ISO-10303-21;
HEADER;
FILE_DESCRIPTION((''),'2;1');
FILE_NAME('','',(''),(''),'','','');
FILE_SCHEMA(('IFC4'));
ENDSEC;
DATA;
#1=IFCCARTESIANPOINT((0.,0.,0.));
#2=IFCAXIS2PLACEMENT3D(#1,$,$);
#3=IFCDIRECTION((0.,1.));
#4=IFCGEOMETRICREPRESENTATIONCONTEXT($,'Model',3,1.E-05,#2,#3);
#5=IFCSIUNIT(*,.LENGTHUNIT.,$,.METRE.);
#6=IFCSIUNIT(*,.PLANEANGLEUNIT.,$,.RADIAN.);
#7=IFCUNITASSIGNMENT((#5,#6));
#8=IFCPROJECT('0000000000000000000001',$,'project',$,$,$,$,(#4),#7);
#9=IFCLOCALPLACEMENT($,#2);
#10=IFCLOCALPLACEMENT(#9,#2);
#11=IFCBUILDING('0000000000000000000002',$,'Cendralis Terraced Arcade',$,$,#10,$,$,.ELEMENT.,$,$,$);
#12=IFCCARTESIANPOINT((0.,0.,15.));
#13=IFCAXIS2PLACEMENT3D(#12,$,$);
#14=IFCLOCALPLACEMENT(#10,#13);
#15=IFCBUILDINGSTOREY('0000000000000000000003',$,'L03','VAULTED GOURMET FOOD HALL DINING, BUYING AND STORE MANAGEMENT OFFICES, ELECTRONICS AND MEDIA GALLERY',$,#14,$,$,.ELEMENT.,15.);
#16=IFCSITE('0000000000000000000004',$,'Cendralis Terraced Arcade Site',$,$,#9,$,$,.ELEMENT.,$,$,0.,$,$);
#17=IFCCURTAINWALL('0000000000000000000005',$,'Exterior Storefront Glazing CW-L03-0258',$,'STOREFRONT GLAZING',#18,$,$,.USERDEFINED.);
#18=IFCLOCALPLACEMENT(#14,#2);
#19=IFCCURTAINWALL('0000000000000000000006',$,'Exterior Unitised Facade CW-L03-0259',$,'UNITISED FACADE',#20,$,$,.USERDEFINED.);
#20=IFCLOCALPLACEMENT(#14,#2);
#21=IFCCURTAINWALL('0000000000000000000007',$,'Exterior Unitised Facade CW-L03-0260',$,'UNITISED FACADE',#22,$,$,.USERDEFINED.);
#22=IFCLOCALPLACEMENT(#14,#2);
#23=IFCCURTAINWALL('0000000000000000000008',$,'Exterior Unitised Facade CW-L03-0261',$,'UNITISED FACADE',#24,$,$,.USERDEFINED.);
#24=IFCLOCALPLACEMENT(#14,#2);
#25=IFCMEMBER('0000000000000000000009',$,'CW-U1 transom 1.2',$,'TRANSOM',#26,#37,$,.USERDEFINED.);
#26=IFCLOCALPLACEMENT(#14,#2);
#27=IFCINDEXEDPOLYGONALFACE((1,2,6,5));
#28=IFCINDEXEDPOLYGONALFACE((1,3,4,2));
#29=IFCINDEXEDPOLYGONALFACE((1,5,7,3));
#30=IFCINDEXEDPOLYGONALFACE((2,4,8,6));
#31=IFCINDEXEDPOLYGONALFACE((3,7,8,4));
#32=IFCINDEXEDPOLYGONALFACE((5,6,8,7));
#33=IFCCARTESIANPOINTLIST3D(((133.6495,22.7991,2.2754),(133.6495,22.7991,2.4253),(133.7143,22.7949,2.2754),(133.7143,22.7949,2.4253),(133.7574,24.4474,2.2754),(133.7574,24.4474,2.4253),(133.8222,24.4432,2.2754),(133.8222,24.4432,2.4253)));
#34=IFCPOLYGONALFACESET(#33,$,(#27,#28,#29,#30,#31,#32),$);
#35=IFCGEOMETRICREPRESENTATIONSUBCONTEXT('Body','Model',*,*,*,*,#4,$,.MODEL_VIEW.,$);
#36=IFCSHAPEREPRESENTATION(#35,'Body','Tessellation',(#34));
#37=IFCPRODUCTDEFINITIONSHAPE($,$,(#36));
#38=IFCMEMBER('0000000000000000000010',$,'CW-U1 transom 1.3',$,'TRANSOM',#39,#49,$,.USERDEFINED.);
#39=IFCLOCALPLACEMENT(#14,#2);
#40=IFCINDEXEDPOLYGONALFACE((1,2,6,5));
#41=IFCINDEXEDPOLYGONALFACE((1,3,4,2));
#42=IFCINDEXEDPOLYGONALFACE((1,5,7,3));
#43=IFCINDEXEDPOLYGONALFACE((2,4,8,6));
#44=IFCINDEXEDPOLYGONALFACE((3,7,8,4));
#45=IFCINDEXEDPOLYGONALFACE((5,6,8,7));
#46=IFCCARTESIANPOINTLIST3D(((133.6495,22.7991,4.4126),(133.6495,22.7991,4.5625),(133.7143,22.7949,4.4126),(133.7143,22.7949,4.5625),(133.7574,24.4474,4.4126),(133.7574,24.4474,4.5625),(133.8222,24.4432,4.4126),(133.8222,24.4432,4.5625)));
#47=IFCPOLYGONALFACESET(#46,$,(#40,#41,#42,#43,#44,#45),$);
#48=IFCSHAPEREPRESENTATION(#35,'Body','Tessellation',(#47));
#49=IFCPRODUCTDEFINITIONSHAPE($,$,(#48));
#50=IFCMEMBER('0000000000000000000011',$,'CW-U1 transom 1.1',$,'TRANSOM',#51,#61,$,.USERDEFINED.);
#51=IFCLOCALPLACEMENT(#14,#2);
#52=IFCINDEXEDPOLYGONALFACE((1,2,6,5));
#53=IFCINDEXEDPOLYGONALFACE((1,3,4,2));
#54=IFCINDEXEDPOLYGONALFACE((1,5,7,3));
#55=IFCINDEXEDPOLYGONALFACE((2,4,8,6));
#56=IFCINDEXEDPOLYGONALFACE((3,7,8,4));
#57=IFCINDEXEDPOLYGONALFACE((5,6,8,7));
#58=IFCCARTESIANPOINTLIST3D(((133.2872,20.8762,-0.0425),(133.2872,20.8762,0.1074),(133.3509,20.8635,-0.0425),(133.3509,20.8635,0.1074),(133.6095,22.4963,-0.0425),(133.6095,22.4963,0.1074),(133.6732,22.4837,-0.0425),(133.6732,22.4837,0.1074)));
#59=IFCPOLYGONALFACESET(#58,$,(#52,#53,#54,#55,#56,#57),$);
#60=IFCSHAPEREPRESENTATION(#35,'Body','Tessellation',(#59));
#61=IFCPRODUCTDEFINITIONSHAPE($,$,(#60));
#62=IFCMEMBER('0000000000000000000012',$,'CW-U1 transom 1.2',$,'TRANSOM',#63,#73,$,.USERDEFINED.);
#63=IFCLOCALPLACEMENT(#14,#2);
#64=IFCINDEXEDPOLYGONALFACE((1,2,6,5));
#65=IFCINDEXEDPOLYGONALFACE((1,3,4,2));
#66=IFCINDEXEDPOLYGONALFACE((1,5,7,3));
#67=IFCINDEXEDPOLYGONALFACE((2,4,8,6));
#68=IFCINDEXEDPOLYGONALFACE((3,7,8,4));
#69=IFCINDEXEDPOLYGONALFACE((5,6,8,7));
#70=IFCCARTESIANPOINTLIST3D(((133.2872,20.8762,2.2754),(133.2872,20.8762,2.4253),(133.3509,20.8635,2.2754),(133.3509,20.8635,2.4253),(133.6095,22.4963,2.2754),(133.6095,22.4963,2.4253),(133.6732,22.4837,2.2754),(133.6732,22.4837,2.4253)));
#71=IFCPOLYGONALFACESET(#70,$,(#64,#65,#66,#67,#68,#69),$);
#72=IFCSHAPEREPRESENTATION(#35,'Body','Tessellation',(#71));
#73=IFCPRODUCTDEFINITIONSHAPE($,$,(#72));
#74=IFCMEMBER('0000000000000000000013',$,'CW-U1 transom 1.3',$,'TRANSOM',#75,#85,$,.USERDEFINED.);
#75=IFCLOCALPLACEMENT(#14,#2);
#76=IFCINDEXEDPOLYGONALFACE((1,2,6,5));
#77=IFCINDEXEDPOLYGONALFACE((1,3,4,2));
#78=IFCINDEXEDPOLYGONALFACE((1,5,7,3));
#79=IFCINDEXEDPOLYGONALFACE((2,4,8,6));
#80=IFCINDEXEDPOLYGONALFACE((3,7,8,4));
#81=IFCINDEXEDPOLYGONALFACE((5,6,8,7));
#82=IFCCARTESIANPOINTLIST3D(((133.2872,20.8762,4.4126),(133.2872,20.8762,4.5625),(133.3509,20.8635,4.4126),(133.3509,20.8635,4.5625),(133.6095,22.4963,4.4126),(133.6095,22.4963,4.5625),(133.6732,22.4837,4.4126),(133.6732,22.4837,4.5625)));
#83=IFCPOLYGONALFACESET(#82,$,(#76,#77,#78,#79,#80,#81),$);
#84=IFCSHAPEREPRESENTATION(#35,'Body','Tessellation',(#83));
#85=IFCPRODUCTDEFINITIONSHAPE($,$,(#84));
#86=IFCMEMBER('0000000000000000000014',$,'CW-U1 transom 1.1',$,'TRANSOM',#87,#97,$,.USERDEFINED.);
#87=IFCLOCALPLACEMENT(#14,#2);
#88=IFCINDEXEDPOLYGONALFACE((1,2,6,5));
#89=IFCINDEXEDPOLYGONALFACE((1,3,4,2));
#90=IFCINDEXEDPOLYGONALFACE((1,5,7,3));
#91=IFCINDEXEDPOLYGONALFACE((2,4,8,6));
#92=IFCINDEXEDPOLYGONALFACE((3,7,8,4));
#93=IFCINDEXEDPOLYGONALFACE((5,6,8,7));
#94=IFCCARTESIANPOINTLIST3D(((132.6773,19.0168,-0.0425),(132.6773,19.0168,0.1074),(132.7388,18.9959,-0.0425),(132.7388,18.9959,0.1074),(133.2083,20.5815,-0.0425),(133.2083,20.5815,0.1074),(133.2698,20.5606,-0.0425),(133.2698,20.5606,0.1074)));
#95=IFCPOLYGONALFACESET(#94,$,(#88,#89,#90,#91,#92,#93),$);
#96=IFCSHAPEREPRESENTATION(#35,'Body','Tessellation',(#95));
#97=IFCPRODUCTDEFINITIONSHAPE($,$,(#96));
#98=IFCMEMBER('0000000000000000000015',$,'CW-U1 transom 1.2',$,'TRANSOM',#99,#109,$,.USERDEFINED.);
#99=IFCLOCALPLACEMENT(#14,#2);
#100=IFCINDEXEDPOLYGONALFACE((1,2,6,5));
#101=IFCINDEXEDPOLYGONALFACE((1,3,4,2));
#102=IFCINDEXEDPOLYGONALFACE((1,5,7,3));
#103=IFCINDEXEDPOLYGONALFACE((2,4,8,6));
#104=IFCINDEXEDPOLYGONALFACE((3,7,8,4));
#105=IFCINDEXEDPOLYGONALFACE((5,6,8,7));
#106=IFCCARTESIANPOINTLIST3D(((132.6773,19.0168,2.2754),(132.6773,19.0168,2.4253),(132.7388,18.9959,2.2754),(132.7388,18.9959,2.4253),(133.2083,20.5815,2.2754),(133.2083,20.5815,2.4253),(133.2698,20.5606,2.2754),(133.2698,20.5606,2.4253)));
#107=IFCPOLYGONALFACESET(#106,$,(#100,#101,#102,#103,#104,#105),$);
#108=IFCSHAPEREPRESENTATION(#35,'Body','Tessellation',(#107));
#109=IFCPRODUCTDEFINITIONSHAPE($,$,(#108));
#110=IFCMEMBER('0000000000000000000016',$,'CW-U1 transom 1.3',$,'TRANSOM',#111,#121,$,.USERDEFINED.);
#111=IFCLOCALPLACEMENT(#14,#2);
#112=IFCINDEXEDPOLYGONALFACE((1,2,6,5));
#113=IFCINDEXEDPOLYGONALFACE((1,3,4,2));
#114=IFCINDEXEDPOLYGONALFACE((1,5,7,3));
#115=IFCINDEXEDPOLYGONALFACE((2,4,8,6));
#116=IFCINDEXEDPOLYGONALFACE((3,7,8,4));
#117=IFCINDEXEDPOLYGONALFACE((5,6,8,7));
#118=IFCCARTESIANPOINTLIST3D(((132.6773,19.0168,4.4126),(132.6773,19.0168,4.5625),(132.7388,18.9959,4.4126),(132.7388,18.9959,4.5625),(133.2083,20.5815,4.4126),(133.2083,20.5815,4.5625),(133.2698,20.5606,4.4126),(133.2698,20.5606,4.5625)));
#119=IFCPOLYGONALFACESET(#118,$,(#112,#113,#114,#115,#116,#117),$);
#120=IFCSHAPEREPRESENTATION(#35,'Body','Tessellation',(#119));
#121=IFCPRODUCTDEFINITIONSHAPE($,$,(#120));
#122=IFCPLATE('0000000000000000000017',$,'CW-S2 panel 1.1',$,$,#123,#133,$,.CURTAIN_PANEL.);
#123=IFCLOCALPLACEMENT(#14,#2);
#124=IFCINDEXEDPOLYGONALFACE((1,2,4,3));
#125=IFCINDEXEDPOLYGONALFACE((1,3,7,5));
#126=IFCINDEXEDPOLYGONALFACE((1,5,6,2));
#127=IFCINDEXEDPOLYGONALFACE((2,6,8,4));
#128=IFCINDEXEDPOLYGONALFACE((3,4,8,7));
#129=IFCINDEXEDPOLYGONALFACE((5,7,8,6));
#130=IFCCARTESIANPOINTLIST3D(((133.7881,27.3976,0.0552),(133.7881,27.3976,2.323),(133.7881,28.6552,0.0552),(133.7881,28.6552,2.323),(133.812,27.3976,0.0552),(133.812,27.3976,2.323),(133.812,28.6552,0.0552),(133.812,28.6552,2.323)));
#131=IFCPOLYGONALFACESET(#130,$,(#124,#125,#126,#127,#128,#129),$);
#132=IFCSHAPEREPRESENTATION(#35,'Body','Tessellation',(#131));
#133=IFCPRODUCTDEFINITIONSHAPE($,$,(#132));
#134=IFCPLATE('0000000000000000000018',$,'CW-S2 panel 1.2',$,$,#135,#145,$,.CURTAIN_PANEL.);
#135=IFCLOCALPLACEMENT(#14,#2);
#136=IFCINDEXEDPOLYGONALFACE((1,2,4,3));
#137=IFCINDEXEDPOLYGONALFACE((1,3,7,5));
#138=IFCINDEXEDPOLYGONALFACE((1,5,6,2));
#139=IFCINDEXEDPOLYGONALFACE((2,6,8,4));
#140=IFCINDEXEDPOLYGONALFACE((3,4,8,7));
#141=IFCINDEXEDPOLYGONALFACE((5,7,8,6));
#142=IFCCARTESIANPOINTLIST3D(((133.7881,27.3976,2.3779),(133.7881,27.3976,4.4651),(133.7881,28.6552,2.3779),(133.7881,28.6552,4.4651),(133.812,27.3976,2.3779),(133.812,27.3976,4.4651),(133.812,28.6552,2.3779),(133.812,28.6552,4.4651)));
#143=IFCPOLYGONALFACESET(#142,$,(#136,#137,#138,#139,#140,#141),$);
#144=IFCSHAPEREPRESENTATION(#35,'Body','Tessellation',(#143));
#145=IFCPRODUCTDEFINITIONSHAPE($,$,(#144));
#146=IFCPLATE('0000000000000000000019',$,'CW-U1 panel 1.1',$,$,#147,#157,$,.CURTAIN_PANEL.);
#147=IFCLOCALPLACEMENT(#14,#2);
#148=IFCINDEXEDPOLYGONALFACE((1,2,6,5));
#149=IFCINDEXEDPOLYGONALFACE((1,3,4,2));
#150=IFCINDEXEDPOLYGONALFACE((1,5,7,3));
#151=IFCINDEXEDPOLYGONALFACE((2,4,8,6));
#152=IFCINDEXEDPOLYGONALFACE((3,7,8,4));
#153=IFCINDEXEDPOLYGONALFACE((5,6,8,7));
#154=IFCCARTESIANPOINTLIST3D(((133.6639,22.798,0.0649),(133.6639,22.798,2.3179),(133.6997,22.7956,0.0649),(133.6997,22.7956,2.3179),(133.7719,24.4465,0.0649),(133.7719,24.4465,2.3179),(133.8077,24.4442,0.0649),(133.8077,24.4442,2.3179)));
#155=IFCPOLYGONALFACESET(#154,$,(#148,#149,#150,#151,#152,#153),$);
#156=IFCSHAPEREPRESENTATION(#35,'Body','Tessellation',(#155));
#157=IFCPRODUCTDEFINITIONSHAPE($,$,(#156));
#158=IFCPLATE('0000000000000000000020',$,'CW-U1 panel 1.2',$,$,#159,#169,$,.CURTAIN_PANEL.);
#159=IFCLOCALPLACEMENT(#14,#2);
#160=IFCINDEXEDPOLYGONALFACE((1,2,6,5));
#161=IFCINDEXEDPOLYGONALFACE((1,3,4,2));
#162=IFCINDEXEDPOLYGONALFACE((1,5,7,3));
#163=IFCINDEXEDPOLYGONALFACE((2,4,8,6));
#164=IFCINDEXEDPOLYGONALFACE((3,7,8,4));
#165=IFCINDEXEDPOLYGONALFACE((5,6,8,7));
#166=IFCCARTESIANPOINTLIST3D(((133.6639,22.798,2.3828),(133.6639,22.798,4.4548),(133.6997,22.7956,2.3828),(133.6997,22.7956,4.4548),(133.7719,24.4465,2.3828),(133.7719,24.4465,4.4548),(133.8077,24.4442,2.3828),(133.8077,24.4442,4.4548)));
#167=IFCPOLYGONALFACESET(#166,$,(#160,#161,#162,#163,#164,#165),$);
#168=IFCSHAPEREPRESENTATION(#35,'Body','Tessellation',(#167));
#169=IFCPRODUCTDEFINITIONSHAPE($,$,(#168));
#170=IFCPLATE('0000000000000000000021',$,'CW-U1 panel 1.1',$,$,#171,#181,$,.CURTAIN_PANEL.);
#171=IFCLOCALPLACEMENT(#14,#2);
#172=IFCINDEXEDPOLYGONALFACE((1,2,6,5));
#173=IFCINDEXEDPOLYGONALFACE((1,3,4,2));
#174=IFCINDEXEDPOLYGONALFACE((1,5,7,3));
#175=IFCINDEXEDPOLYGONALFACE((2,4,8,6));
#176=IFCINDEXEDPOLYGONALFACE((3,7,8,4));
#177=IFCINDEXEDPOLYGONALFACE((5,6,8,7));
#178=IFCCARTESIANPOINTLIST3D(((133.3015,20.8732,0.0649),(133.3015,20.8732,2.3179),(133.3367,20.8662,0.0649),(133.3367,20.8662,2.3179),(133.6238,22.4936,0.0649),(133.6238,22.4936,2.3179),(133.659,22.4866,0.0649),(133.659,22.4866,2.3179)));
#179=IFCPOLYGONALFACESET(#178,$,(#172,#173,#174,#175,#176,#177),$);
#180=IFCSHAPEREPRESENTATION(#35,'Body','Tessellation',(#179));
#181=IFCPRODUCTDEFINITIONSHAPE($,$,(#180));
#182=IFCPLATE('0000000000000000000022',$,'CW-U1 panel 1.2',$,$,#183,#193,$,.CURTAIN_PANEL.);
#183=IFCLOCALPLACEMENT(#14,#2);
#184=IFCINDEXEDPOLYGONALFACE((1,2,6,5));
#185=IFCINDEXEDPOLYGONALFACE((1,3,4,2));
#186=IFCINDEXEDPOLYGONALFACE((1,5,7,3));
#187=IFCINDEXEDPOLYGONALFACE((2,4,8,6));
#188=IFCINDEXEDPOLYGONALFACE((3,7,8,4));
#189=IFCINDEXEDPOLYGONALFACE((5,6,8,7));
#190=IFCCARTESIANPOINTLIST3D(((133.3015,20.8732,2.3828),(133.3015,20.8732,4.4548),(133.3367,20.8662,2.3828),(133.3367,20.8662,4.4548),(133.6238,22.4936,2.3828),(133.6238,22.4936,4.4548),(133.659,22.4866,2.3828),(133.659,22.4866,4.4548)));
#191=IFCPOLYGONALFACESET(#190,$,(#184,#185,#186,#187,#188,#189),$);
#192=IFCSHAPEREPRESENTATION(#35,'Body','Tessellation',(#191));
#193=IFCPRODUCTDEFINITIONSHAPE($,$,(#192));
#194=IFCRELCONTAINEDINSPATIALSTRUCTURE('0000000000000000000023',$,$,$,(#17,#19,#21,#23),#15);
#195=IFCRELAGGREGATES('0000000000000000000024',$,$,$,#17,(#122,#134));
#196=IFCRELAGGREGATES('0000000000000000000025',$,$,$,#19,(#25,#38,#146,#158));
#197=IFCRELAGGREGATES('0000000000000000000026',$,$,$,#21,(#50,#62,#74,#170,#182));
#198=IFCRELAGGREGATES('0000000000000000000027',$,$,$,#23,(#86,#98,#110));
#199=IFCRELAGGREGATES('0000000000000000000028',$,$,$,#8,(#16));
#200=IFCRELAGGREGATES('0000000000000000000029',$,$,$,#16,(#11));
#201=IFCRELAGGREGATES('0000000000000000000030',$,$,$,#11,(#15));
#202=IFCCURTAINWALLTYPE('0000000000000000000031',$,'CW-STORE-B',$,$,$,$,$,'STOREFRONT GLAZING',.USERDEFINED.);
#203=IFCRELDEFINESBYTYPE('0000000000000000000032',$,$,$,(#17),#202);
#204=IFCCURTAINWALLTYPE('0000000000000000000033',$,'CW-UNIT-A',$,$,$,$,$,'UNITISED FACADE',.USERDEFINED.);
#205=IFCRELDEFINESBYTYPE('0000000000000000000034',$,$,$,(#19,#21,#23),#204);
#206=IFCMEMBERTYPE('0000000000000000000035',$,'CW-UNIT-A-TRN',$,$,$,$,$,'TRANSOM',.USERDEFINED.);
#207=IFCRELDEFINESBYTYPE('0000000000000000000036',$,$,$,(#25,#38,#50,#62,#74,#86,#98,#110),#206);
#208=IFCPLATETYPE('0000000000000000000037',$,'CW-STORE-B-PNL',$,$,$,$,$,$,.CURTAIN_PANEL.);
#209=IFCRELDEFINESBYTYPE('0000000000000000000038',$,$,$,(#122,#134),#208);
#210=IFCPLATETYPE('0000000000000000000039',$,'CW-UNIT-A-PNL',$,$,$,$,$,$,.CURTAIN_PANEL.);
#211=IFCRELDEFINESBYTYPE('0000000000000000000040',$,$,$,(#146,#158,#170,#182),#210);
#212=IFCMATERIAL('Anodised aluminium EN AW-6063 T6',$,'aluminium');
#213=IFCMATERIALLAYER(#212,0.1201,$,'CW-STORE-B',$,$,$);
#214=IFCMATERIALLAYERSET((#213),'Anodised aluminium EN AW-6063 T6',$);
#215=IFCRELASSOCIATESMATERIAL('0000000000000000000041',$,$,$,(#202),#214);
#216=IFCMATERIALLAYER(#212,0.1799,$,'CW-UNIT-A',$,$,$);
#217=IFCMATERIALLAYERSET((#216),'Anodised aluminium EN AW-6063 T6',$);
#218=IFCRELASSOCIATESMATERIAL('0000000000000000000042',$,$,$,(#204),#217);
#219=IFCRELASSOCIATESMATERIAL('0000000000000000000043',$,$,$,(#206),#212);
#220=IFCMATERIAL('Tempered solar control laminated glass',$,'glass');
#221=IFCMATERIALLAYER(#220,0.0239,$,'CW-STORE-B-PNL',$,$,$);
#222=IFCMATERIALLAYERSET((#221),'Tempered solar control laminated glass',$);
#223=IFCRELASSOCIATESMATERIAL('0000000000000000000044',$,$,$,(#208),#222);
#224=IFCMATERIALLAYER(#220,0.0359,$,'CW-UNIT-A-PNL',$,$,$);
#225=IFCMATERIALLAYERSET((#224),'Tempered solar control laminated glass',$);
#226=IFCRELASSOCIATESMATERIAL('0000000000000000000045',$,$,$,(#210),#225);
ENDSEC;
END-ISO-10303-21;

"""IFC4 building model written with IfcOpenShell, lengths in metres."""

from ifc_helpers import new_model, si_unit, direction, frame, origin, origin_2d, place, context, subcontext, project, spatial, rectangle, extrude, material, layer, layer_set, material_profile, profile_set, type_object, element, aggregate, save


model = new_model("IFC4")

# Units and contexts
model_context = context("Model", 3, precision=1e-05, world=origin(), true_north=direction((0.0, 1.0)))
body_context = subcontext(model_context, "Body", "Model", "MODEL_VIEW")
ifc_project = project(units=[si_unit("LENGTHUNIT", "METRE"), si_unit("PLANEANGLEUNIT", "RADIAN")], contexts=[model_context])

# Site, building, storey
site_placement = place(None, origin())
site = spatial("IfcSite", under=ifc_project, at=site_placement, Name="Cendralis Terraced Arcade Site", CompositionType="ELEMENT", RefElevation=0.0)
building_placement = place(site_placement, origin())
building = spatial("IfcBuilding", under=site, at=building_placement, Name="Cendralis Terraced Arcade", CompositionType="ELEMENT")
storey_placement = place(building_placement, frame((0.0, 0.0, 15.0)))
storey = spatial("IfcBuildingStorey", under=building, at=storey_placement, Name="L03", Description="VAULTED GOURMET FOOD HALL DINING, BUYING AND STORE MANAGEMENT OFFICES, ELECTRONICS AND MEDIA GALLERY", CompositionType="ELEMENT", Elevation=15.0)

# Curtain walls
ifc_material_1 = material(Name="Anodised aluminium EN AW-6063 T6", Category="aluminium")
ifc_layer_1 = layer(ifc_material_1, 0.1201, Name="CW-STORE-B")
ifc_layer_set_1 = layer_set([ifc_layer_1], Name="Anodised aluminium EN AW-6063 T6")
curtain_wall_type_1 = type_object("IfcCurtainWallType", Name="CW-STORE-B", ElementType="STOREFRONT GLAZING", PredefinedType="USERDEFINED", material=ifc_layer_set_1)
curtain_wall_1_placement = place(storey_placement, origin())
curtain_wall_1 = element("IfcCurtainWall", 1, at=curtain_wall_1_placement, inside=storey, type_object=curtain_wall_type_1, Name="Exterior Storefront Glazing CW-L03-0258", ObjectType="STOREFRONT GLAZING", PredefinedType="USERDEFINED")
ifc_layer_2 = layer(ifc_material_1, 0.1799, Name="CW-UNIT-A")
ifc_layer_set_2 = layer_set([ifc_layer_2], Name="Anodised aluminium EN AW-6063 T6")
curtain_wall_type_2 = type_object("IfcCurtainWallType", Name="CW-UNIT-A", ElementType="UNITISED FACADE", PredefinedType="USERDEFINED", material=ifc_layer_set_2)
curtain_wall_2_placement = place(storey_placement, origin())
curtain_wall_2 = element("IfcCurtainWall", 2, at=curtain_wall_2_placement, inside=storey, type_object=curtain_wall_type_2, Name="Exterior Unitised Facade CW-L03-0259", ObjectType="UNITISED FACADE", PredefinedType="USERDEFINED")
curtain_wall_3_placement = place(storey_placement, origin())
curtain_wall_3 = element("IfcCurtainWall", 3, at=curtain_wall_3_placement, inside=storey, type_object=curtain_wall_type_2, Name="Exterior Unitised Facade CW-L03-0260", ObjectType="UNITISED FACADE", PredefinedType="USERDEFINED")

# Curtain wall
curtain_wall_4_placement = place(storey_placement, origin())
curtain_wall_4 = element("IfcCurtainWall", 4, at=curtain_wall_4_placement, inside=storey, type_object=curtain_wall_type_2, Name="Exterior Unitised Facade CW-L03-0261", ObjectType="UNITISED FACADE", PredefinedType="USERDEFINED")

# Members
ifc_material_profile_1 = material_profile(ifc_material_1, rectangle(XDim=0.0649, YDim=0.1499, at=origin_2d()), Name="ALU-TRN-65x150")
ifc_profile_set_1 = profile_set([ifc_material_profile_1], Name="Anodised aluminium EN AW-6063 T6")
member_type_1 = type_object("IfcMemberType", Name="CW-UNIT-A-TRN", ElementType="TRANSOM", PredefinedType="USERDEFINED", material=ifc_profile_set_1)
member_1_placement = place(storey_placement, frame((133.7898, 24.4453, 2.3503), z_axis=(-0.065322, -0.997864, 0.0), x_axis=(0.997864, -0.065322, 0.0)))
member_1 = element("IfcMember", 5, at=member_1_placement, type_object=member_type_1, Name="CW-U1 transom 1.2", ObjectType="TRANSOM", PredefinedType="USERDEFINED", context=body_context, shape_type="SweptSolid", body=[
    extrude(rectangle(XDim=0.0649, YDim=0.1499, at=origin_2d()), origin(), (0.0, 0.0, 1.0), 1.6519),
])
member_2_placement = place(storey_placement, frame((133.7898, 24.4453, 4.4875), z_axis=(-0.065322, -0.997864, 0.0), x_axis=(0.997864, -0.065322, 0.0)))
member_2 = element("IfcMember", 6, at=member_2_placement, type_object=member_type_1, Name="CW-U1 transom 1.3", ObjectType="TRANSOM", PredefinedType="USERDEFINED", context=body_context, shape_type="SweptSolid", body=[
    extrude(rectangle(XDim=0.0649, YDim=0.1499, at=origin_2d()), origin(), (0.0, 0.0, 1.0), 1.6519),
])
member_3_placement = place(storey_placement, frame((133.6414, 22.49, 0.0325), z_axis=(-0.195093, -0.980785, 0.0), x_axis=(0.980785, -0.195093, 0.0)))
member_3 = element("IfcMember", 7, at=member_3_placement, type_object=member_type_1, Name="CW-U1 transom 1.1", ObjectType="TRANSOM", PredefinedType="USERDEFINED", context=body_context, shape_type="SweptSolid", body=[
    extrude(rectangle(XDim=0.0649, YDim=0.1499, at=origin_2d()), origin(), (0.0, 0.0, 1.0), 1.6519),
])
member_4_placement = place(storey_placement, frame((133.6414, 22.49, 2.3503), z_axis=(-0.195093, -0.980785, 0.0), x_axis=(0.980785, -0.195093, 0.0)))
member_4 = element("IfcMember", 8, at=member_4_placement, type_object=member_type_1, Name="CW-U1 transom 1.2", ObjectType="TRANSOM", PredefinedType="USERDEFINED", context=body_context, shape_type="SweptSolid", body=[
    extrude(rectangle(XDim=0.0649, YDim=0.1499, at=origin_2d()), origin(), (0.0, 0.0, 1.0), 1.6519),
])
member_5_placement = place(storey_placement, frame((133.6414, 22.49, 4.4875), z_axis=(-0.195093, -0.980785, 0.0), x_axis=(0.980785, -0.195093, 0.0)))
member_5 = element("IfcMember", 9, at=member_5_placement, type_object=member_type_1, Name="CW-U1 transom 1.3", ObjectType="TRANSOM", PredefinedType="USERDEFINED", context=body_context, shape_type="SweptSolid", body=[
    extrude(rectangle(XDim=0.0649, YDim=0.1499, at=origin_2d()), origin(), (0.0, 0.0, 1.0), 1.6519),
])
member_6_placement = place(storey_placement, frame((133.239, 20.571, 0.0325), z_axis=(-0.321365, -0.946955, 0.0), x_axis=(0.946955, -0.321365, 0.0)))
member_6 = element("IfcMember", 10, at=member_6_placement, type_object=member_type_1, Name="CW-U1 transom 1.1", ObjectType="TRANSOM", PredefinedType="USERDEFINED", context=body_context, shape_type="SweptSolid", body=[
    extrude(rectangle(XDim=0.0649, YDim=0.1499, at=origin_2d()), origin(), (0.0, 0.0, 1.0), 1.6523),
])
member_7_placement = place(storey_placement, frame((133.239, 20.571, 2.3503), z_axis=(-0.321365, -0.946955, 0.0), x_axis=(0.946955, -0.321365, 0.0)))
member_7 = element("IfcMember", 11, at=member_7_placement, type_object=member_type_1, Name="CW-U1 transom 1.2", ObjectType="TRANSOM", PredefinedType="USERDEFINED", context=body_context, shape_type="SweptSolid", body=[
    extrude(rectangle(XDim=0.0649, YDim=0.1499, at=origin_2d()), origin(), (0.0, 0.0, 1.0), 1.6523),
])
member_8_placement = place(storey_placement, frame((133.239, 20.571, 4.4875), z_axis=(-0.321365, -0.946955, 0.0), x_axis=(0.946955, -0.321365, 0.0)))
member_8 = element("IfcMember", 12, at=member_8_placement, type_object=member_type_1, Name="CW-U1 transom 1.3", ObjectType="TRANSOM", PredefinedType="USERDEFINED", context=body_context, shape_type="SweptSolid", body=[
    extrude(rectangle(XDim=0.0649, YDim=0.1499, at=origin_2d()), origin(), (0.0, 0.0, 1.0), 1.6523),
])

# Plates
ifc_material_2 = material(Name="Tempered solar control laminated glass", Category="glass")
ifc_layer_3 = layer(ifc_material_2, 0.0239, Name="CW-STORE-B-PNL")
ifc_layer_set_3 = layer_set([ifc_layer_3], Name="Tempered solar control laminated glass")
plate_type_1 = type_object("IfcPlateType", Name="CW-STORE-B-PNL", PredefinedType="CURTAIN_PANEL", material=ifc_layer_set_3)
plate_1_placement = place(storey_placement, frame((133.8, 28.0264, 0.0552), z_axis=(0.0, 0.0, 1.0), x_axis=(0.0, -1.0, 0.0)))
plate_1 = element("IfcPlate", 13, at=plate_1_placement, type_object=plate_type_1, Name="CW-S2 panel 1.1", PredefinedType="CURTAIN_PANEL", context=body_context, shape_type="SweptSolid", body=[
    extrude(rectangle(XDim=1.2576, YDim=0.0239, at=origin_2d()), origin(), (0.0, 0.0, 1.0), 2.2678),
])
plate_2_placement = place(storey_placement, frame((133.8, 28.0264, 2.3779), z_axis=(0.0, 0.0, 1.0), x_axis=(0.0, -1.0, 0.0)))
plate_2 = element("IfcPlate", 14, at=plate_2_placement, type_object=plate_type_1, Name="CW-S2 panel 1.2", PredefinedType="CURTAIN_PANEL", context=body_context, shape_type="SweptSolid", body=[
    extrude(rectangle(XDim=1.2576, YDim=0.0239, at=origin_2d()), origin(), (0.0, 0.0, 1.0), 2.0872),
])
aggregate(curtain_wall_1, [plate_1, plate_2])
ifc_layer_4 = layer(ifc_material_2, 0.0359, Name="CW-UNIT-A-PNL")
ifc_layer_set_4 = layer_set([ifc_layer_4], Name="Tempered solar control laminated glass")
plate_type_2 = type_object("IfcPlateType", Name="CW-UNIT-A-PNL", PredefinedType="CURTAIN_PANEL", material=ifc_layer_set_4)
plate_3_placement = place(storey_placement, frame((133.7358, 23.6211, 0.0649), z_axis=(0.0, 0.0, 1.0), x_axis=(-0.065372, -0.997861, 0.0)))
plate_3 = element("IfcPlate", 15, at=plate_3_placement, type_object=plate_type_2, Name="CW-U1 panel 1.1", PredefinedType="CURTAIN_PANEL", context=body_context, shape_type="SweptSolid", body=[
    extrude(rectangle(XDim=1.6521, YDim=0.0359, at=origin_2d()), origin(), (0.0, 0.0, 1.0), 2.2529),
])
plate_4_placement = place(storey_placement, frame((133.7358, 23.6211, 2.3828), z_axis=(0.0, 0.0, 1.0), x_axis=(-0.065372, -0.997861, 0.0)))
plate_4 = element("IfcPlate", 16, at=plate_4_placement, type_object=plate_type_2, Name="CW-U1 panel 1.2", PredefinedType="CURTAIN_PANEL", context=body_context, shape_type="SweptSolid", body=[
    extrude(rectangle(XDim=1.6521, YDim=0.0359, at=origin_2d()), origin(), (0.0, 0.0, 1.0), 2.072),
])
aggregate(curtain_wall_2, [member_1, member_2, plate_3, plate_4])
plate_5_placement = place(storey_placement, frame((133.4802, 21.6799, 0.0649), z_axis=(0.0, 0.0, 1.0), x_axis=(-0.195058, -0.980792, 0.0)))
plate_5 = element("IfcPlate", 17, at=plate_5_placement, type_object=plate_type_2, Name="CW-U1 panel 1.1", PredefinedType="CURTAIN_PANEL", context=body_context, shape_type="SweptSolid", body=[
    extrude(rectangle(XDim=1.6521, YDim=0.0359, at=origin_2d()), origin(), (0.0, 0.0, 1.0), 2.2529),
])
plate_6_placement = place(storey_placement, frame((133.4802, 21.6799, 2.3828), z_axis=(0.0, 0.0, 1.0), x_axis=(-0.195058, -0.980792, 0.0)))
plate_6 = element("IfcPlate", 18, at=plate_6_placement, type_object=plate_type_2, Name="CW-U1 panel 1.2", PredefinedType="CURTAIN_PANEL", context=body_context, shape_type="SweptSolid", body=[
    extrude(rectangle(XDim=1.6521, YDim=0.0359, at=origin_2d()), origin(), (0.0, 0.0, 1.0), 2.072),
])
aggregate(curtain_wall_3, [member_3, member_4, member_5, plate_5, plate_6])
aggregate(curtain_wall_4, [member_6, member_7, member_8])

save(model, "model.ifc")
